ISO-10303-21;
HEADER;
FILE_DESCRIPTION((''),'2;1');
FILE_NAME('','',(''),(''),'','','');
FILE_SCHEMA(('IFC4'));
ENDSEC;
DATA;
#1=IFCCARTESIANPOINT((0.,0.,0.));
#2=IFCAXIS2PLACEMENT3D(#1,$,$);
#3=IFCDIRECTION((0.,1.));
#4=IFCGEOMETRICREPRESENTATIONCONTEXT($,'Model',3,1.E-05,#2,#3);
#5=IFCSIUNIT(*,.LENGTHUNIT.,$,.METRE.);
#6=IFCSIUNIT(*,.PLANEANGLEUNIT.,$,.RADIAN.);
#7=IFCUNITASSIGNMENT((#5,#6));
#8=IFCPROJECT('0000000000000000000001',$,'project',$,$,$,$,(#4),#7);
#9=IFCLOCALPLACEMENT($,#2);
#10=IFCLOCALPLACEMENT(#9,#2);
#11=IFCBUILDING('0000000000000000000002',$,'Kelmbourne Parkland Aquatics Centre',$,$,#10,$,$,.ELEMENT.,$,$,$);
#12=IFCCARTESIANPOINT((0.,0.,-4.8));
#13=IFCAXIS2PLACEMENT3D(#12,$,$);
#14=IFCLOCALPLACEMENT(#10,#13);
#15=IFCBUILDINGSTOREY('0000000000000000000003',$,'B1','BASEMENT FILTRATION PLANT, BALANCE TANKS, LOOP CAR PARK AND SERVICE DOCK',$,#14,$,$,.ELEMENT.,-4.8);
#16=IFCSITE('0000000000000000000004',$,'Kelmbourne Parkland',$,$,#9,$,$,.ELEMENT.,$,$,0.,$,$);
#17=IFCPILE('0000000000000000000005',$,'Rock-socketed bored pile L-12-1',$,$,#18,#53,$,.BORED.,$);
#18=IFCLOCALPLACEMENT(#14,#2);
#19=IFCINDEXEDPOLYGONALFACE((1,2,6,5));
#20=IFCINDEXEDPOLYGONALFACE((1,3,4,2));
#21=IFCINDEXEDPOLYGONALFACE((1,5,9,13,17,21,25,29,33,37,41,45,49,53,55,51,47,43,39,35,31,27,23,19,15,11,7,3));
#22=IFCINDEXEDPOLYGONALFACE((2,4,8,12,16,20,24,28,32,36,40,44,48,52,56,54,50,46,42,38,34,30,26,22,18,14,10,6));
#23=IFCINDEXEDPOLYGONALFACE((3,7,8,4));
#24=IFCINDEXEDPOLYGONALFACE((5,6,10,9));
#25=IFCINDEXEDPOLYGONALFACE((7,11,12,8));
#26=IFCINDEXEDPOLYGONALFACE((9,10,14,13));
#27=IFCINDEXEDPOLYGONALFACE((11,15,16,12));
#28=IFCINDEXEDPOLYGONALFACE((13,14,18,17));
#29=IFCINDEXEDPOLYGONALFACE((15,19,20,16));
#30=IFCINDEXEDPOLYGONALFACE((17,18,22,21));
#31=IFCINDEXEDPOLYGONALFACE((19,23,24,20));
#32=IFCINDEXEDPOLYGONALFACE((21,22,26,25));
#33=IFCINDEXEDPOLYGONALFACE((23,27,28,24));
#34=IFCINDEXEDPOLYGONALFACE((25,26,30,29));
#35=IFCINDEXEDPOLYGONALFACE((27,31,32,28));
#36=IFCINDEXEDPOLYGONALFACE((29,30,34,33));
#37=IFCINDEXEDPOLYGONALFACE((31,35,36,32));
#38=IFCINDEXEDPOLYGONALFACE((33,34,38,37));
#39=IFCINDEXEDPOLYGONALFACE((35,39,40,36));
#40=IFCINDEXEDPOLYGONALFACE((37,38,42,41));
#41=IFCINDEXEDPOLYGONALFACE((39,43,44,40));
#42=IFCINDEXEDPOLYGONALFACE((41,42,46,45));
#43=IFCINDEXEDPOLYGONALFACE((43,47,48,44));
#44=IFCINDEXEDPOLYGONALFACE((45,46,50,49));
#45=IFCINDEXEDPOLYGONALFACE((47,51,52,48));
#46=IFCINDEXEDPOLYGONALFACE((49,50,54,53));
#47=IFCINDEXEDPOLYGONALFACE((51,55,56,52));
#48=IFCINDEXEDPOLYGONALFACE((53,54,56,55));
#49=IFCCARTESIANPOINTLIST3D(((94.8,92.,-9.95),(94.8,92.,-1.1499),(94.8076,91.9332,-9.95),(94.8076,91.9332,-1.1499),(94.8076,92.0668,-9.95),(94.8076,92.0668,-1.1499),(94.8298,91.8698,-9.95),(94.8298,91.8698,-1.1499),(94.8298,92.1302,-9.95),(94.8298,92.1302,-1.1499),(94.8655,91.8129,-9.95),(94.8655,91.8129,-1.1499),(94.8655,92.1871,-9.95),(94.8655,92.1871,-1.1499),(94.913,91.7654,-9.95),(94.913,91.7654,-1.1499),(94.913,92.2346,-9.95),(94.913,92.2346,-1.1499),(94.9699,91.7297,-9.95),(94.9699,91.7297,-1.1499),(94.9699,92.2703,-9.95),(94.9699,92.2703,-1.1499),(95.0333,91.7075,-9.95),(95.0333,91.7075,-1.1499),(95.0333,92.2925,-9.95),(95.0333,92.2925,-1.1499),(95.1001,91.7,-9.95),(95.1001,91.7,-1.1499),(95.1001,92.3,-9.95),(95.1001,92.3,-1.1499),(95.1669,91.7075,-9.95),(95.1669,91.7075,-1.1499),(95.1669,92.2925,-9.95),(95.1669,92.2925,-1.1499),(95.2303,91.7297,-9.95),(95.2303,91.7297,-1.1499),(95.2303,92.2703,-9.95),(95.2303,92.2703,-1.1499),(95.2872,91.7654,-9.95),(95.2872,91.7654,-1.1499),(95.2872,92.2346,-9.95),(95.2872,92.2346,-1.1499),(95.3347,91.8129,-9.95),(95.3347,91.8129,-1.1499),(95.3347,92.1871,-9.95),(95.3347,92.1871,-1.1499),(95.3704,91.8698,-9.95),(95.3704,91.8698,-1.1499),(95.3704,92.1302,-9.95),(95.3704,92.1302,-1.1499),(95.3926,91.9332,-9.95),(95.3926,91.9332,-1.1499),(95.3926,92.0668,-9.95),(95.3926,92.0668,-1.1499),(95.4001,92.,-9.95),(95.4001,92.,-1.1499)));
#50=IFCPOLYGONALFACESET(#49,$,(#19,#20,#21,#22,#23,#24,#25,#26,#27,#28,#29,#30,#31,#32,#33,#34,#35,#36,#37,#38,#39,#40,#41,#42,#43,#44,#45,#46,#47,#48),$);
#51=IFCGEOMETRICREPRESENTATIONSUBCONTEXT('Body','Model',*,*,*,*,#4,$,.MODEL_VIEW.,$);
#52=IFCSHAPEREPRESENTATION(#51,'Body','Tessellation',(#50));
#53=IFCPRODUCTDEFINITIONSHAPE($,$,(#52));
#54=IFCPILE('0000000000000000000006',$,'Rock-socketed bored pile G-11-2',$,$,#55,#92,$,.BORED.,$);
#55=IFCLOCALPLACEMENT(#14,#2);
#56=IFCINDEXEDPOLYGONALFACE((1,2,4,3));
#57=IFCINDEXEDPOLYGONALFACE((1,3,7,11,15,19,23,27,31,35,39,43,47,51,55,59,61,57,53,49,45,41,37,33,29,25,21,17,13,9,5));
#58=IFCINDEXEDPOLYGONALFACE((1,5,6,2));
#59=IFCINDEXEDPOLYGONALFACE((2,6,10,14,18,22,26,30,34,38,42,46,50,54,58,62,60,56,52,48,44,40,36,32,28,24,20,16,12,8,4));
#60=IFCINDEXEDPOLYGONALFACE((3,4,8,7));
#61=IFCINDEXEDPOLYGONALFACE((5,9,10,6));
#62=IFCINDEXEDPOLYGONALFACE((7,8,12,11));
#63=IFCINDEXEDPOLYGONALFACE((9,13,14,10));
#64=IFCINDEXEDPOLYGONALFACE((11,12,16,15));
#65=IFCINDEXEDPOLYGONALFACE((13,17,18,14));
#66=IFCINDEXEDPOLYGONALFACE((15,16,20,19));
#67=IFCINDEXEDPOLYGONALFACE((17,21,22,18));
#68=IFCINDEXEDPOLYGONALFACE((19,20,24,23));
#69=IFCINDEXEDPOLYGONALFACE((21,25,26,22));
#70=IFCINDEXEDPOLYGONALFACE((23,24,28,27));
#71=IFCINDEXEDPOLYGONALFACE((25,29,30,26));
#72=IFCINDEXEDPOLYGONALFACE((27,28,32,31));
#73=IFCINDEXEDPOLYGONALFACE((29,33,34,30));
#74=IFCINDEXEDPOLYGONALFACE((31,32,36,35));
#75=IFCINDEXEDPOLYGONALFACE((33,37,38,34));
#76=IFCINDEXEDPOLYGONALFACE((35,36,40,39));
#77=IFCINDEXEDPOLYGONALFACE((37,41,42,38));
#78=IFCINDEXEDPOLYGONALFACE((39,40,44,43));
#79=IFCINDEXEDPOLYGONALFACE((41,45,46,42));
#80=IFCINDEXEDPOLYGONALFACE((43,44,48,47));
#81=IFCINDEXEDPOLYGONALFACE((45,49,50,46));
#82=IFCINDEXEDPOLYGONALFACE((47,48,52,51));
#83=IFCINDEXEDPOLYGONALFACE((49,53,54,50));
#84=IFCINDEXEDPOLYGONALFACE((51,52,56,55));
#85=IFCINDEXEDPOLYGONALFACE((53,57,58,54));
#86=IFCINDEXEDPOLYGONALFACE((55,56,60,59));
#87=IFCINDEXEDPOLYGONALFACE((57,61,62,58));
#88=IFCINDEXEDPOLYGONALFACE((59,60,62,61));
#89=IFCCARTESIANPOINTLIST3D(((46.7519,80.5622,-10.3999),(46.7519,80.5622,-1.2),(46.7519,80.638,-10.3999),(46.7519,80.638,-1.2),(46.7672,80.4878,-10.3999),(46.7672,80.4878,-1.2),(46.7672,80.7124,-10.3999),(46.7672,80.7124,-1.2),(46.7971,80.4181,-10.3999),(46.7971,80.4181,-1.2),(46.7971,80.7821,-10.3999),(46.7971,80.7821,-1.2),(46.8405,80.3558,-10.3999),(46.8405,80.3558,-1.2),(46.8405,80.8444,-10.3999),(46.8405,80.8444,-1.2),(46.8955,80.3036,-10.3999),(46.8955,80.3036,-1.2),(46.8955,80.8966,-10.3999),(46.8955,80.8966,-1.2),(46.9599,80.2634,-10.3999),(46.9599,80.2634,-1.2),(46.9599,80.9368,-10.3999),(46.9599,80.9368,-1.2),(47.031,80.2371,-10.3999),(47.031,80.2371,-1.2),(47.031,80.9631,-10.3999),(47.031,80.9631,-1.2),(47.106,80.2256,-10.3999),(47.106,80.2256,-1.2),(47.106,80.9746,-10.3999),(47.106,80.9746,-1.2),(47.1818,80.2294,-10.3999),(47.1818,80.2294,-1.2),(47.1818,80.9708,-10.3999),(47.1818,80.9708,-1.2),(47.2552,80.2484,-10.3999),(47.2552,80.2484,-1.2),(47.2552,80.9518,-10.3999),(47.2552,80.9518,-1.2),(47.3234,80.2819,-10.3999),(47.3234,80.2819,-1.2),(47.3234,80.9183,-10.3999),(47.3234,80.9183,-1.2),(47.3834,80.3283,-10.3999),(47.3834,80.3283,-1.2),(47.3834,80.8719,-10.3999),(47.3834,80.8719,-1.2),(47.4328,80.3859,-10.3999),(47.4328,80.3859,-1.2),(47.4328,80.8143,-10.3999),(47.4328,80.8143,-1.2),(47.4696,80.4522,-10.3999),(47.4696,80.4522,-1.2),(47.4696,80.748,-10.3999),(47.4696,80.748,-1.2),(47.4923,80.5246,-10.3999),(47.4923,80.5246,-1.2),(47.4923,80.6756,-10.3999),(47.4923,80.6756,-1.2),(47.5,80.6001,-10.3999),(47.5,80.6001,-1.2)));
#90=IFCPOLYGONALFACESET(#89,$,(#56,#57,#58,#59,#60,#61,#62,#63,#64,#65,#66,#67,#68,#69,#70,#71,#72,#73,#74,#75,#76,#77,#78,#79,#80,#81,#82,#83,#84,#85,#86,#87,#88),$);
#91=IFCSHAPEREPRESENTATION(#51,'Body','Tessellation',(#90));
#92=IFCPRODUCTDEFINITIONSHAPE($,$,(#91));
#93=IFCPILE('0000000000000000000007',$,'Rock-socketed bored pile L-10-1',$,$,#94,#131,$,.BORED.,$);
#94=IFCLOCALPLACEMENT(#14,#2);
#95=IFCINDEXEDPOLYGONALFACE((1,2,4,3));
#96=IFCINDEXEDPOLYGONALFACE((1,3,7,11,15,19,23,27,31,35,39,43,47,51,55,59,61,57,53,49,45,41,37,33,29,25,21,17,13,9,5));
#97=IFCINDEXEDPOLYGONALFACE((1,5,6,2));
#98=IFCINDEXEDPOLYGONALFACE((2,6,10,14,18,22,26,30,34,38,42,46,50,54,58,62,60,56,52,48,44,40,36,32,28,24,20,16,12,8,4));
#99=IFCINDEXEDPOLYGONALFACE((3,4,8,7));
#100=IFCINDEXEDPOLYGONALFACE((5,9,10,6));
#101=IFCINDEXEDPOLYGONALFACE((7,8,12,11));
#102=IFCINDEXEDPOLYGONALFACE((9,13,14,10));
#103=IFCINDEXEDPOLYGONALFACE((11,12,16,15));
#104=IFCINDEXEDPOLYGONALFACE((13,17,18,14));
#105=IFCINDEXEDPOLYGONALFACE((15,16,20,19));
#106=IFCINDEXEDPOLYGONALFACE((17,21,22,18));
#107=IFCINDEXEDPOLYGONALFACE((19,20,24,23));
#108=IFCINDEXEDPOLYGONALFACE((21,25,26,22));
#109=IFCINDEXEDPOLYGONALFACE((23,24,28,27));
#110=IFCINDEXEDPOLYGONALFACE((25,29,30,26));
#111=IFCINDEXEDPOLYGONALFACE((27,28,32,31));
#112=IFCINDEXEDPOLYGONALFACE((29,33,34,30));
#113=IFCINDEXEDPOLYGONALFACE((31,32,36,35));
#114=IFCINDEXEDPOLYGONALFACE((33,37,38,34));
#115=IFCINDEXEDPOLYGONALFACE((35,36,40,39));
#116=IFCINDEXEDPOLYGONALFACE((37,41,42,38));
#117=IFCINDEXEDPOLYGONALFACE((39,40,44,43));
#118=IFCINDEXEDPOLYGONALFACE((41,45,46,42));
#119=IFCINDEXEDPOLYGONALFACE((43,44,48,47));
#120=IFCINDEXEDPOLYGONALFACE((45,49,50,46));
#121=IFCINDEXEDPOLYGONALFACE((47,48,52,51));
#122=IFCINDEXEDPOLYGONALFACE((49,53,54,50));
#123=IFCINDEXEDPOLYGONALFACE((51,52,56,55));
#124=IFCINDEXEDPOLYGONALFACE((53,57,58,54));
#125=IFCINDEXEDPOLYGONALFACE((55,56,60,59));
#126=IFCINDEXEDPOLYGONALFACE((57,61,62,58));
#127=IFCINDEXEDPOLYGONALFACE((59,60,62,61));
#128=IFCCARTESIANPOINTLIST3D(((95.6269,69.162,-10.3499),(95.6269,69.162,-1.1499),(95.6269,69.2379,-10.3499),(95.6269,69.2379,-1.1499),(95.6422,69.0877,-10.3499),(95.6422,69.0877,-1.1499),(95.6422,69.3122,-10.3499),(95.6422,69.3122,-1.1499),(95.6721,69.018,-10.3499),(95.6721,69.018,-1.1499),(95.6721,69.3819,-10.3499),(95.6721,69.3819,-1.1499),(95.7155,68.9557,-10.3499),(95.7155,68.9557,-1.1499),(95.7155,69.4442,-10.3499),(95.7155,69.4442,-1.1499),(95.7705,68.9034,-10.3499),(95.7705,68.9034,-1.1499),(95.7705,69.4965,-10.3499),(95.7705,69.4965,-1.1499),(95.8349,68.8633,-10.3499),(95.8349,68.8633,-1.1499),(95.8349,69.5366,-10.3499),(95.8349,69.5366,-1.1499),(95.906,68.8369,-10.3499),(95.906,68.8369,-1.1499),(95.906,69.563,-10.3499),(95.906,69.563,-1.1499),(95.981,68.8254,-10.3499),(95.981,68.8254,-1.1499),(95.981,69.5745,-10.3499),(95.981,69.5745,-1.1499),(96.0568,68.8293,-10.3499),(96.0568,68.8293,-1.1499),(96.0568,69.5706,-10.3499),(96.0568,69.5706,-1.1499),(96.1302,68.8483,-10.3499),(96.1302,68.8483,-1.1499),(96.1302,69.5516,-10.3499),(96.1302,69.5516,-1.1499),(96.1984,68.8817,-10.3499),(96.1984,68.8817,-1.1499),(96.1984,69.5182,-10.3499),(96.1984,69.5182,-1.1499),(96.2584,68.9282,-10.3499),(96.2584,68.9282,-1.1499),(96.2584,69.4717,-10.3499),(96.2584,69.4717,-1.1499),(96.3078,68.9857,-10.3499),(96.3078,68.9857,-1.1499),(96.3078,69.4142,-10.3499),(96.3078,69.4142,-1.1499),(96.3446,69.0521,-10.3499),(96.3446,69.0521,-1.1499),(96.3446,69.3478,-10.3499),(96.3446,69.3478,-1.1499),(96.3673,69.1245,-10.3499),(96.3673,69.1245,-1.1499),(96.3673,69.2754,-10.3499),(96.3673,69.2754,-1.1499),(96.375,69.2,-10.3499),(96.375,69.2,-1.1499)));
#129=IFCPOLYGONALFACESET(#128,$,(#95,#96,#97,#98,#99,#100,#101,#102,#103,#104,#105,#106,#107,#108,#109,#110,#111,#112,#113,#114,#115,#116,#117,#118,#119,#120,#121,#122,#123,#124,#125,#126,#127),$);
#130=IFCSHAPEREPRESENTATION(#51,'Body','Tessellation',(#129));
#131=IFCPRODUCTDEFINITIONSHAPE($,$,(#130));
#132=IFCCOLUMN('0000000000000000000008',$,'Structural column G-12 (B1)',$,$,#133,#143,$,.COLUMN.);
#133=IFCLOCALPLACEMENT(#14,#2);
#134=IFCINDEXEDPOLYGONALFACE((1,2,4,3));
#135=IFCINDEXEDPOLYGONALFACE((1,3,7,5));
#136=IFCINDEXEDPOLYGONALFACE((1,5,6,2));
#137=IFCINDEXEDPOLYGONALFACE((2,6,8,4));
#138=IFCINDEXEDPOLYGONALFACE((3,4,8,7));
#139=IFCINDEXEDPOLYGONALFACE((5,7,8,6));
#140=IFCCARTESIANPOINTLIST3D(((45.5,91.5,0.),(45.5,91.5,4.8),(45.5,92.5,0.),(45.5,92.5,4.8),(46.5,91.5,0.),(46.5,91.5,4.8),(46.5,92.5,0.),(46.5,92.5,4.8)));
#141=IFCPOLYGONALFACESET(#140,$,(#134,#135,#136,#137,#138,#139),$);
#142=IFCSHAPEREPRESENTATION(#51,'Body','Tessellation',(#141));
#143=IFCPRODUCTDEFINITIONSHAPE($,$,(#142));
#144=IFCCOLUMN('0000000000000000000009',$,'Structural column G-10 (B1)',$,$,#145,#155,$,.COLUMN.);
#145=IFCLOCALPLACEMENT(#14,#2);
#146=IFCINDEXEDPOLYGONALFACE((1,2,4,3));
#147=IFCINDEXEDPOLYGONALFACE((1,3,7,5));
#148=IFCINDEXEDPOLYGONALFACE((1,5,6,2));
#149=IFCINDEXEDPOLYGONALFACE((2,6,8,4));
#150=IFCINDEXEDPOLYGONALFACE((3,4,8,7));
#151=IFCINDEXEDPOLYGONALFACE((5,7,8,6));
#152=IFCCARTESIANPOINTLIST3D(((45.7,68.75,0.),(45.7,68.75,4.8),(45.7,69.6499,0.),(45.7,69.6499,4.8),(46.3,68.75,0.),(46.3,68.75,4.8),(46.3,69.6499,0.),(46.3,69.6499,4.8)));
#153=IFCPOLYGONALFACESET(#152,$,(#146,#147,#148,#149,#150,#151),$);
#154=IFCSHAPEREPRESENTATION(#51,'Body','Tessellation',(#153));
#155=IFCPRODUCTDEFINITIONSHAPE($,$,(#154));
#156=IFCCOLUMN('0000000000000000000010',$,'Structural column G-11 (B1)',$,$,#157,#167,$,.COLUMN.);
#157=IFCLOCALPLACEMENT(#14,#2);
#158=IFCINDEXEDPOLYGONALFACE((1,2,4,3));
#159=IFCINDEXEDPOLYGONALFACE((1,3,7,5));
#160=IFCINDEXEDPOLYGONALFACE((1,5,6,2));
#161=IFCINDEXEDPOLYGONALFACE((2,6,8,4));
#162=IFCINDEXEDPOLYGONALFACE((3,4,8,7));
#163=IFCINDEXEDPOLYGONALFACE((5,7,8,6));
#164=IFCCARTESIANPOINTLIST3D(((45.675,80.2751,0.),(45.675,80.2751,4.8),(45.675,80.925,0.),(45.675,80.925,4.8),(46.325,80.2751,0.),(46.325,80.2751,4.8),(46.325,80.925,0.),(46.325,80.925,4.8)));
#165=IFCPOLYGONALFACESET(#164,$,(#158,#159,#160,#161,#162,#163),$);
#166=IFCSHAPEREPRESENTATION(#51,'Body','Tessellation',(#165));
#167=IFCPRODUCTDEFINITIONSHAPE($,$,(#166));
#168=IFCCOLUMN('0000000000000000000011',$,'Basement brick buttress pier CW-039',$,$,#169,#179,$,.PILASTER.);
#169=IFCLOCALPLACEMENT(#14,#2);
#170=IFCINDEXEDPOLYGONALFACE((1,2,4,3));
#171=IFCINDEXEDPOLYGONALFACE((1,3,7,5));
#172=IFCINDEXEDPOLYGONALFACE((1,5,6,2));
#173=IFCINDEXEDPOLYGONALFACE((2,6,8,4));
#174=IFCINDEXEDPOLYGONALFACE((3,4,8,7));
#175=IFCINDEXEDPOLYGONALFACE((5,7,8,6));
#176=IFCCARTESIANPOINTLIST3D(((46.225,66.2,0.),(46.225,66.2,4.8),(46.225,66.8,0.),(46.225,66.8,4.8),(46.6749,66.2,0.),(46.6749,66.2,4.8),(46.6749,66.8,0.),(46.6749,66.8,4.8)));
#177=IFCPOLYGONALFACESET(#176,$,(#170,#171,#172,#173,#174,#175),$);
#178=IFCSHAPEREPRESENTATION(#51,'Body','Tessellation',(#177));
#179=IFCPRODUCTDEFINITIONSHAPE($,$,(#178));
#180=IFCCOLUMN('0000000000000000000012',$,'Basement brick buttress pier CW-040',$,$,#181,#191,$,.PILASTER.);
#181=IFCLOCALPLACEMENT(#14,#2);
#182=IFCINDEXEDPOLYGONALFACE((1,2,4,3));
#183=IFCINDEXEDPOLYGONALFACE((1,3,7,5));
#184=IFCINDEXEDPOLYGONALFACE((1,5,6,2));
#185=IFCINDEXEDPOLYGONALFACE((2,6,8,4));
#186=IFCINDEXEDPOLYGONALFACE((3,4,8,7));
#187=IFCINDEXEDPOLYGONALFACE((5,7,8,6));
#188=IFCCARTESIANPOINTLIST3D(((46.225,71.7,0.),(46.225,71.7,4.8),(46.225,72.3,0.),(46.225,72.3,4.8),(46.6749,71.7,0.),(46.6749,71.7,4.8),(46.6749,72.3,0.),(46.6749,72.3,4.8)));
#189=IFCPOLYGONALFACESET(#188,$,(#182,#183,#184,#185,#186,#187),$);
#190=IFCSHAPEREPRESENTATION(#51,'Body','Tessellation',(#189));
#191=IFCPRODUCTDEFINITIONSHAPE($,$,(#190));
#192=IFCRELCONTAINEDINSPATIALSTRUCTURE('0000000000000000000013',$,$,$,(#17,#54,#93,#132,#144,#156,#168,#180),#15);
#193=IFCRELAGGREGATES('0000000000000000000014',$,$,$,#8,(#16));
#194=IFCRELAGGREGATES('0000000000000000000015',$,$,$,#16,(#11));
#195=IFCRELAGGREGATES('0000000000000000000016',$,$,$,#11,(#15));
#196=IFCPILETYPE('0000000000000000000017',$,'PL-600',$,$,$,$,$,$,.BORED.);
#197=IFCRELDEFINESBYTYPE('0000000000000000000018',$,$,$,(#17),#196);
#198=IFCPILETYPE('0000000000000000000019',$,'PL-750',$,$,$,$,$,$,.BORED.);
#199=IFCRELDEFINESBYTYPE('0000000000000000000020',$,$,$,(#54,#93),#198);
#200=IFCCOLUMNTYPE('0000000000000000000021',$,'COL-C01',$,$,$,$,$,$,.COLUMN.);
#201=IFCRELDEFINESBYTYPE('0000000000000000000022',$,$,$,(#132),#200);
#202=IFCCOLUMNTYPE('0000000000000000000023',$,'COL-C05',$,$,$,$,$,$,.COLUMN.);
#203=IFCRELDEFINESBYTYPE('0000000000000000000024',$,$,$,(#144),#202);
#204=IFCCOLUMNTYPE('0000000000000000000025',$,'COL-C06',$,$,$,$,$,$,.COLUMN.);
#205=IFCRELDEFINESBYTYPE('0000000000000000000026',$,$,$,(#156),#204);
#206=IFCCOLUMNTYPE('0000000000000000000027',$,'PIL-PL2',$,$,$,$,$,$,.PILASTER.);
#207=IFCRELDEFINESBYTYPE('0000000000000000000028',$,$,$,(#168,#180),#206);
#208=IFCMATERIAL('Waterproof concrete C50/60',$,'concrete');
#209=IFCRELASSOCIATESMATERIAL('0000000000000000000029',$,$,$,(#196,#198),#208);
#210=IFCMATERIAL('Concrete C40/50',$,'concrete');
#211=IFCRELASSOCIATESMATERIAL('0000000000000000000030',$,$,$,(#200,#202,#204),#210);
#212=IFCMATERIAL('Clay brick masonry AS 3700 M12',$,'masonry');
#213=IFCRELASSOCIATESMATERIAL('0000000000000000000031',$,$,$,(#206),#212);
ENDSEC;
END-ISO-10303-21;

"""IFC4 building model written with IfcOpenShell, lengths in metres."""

from ifc_helpers import new_model, si_unit, direction, frame, origin, origin_2d, place, context, subcontext, project, spatial, rectangle, circle, extrude, material, material_profile, profile_set, type_object, element, save


model = new_model("IFC4")

# Units and contexts
model_context = context("Model", 3, precision=1e-05, world=origin(), true_north=direction((0.0, 1.0)))
body_context = subcontext(model_context, "Body", "Model", "MODEL_VIEW")
ifc_project = project(units=[si_unit("LENGTHUNIT", "METRE"), si_unit("PLANEANGLEUNIT", "RADIAN")], contexts=[model_context])

# Site, building, storey
site_placement = place(None, origin())
site = spatial("IfcSite", under=ifc_project, at=site_placement, Name="Kelmbourne Parkland", CompositionType="ELEMENT", RefElevation=0.0)
building_placement = place(site_placement, origin())
building = spatial("IfcBuilding", under=site, at=building_placement, Name="Kelmbourne Parkland Aquatics Centre", CompositionType="ELEMENT")
storey_placement = place(building_placement, frame((0.0, 0.0, -4.8)))
storey = spatial("IfcBuildingStorey", under=building, at=storey_placement, Name="B1", Description="BASEMENT FILTRATION PLANT, BALANCE TANKS, LOOP CAR PARK AND SERVICE DOCK", CompositionType="ELEMENT", Elevation=-4.8)

# Shared definitions
ifc_material_1 = material(Name="Waterproof concrete C50/60", Category="concrete")

# Piles
ifc_material_profile_1 = material_profile(ifc_material_1, circle(Radius=0.3, at=origin_2d()), Name="PILE D600")
ifc_profile_set_1 = profile_set([ifc_material_profile_1], Name="Waterproof concrete C50/60")
pile_type_1 = type_object("IfcPileType", Name="PL-600", PredefinedType="BORED", material=ifc_profile_set_1)
for number, where, z_axis, x_axis, name in (
    (1, (95.1001, 92.0, -1.1499), (0.0, 0.0, -1.0), (1.0, 0.0, 0.0), "Rock-socketed bored pile L-12-1"),
):
    element("IfcPile", number, at=place(storey_placement, frame(where, z_axis=z_axis, x_axis=x_axis)), inside=storey, type_object=pile_type_1, Name=name, PredefinedType="BORED", context=body_context, shape_type="SweptSolid", body=[
        extrude(circle(Radius=0.3, at=origin_2d()), origin(), (0.0, 0.0, 1.0), 8.8),
    ])
ifc_material_profile_2 = material_profile(ifc_material_1, circle(Radius=0.375, at=origin_2d()), Name="PILE D750")
ifc_profile_set_2 = profile_set([ifc_material_profile_2], Name="Waterproof concrete C50/60")
pile_type_2 = type_object("IfcPileType", Name="PL-750", PredefinedType="BORED", material=ifc_profile_set_2)
for number, where, z_axis, x_axis, name in (
    (2, (47.125, 80.6001, -1.2), (0.0, 0.0, -1.0), (1.0, 0.0, 0.0), "Rock-socketed bored pile G-11-2"),
    (3, (96.0, 69.2, -1.1499), (0.0, 0.0, -1.0), (1.0, 0.0, 0.0), "Rock-socketed bored pile L-10-1"),
):
    element("IfcPile", number, at=place(storey_placement, frame(where, z_axis=z_axis, x_axis=x_axis)), inside=storey, type_object=pile_type_2, Name=name, PredefinedType="BORED", context=body_context, shape_type="SweptSolid", body=[
        extrude(circle(Radius=0.375, at=origin_2d()), origin(), (0.0, 0.0, 1.0), 9.2),
    ])

# Columns
ifc_material_2 = material(Name="Concrete C40/50", Category="concrete")
ifc_material_profile_3 = material_profile(ifc_material_2, rectangle(XDim=1.0, YDim=1.0, at=origin_2d()), Name="RC 1000x1000")
ifc_profile_set_3 = profile_set([ifc_material_profile_3], Name="Concrete C40/50")
column_type_1 = type_object("IfcColumnType", Name="COL-C01", PredefinedType="COLUMN", material=ifc_profile_set_3)
column_1_placement = place(storey_placement, frame((46.0, 92.0, 0.0), z_axis=(0.0, 0.0, 1.0), x_axis=(1.0, 0.0, 0.0)))
element("IfcColumn", 4, at=column_1_placement, inside=storey, type_object=column_type_1, Name="Structural column G-12 (B1)", PredefinedType="COLUMN", context=body_context, shape_type="SweptSolid", body=[
    extrude(rectangle(XDim=1.0, YDim=1.0, at=origin_2d()), origin(), (0.0, 0.0, 1.0), 4.8),
])
ifc_material_profile_4 = material_profile(ifc_material_2, rectangle(XDim=0.6001, YDim=0.8999, at=origin_2d()), Name="RC 600x900")
ifc_profile_set_4 = profile_set([ifc_material_profile_4], Name="Concrete C40/50")
column_type_2 = type_object("IfcColumnType", Name="COL-C05", PredefinedType="COLUMN", material=ifc_profile_set_4)
column_2_placement = place(storey_placement, frame((46.0, 69.2, 0.0), z_axis=(0.0, 0.0, 1.0), x_axis=(1.0, 0.0, 0.0)))
element("IfcColumn", 5, at=column_2_placement, inside=storey, type_object=column_type_2, Name="Structural column G-10 (B1)", PredefinedType="COLUMN", context=body_context, shape_type="SweptSolid", body=[
    extrude(rectangle(XDim=0.6001, YDim=0.8999, at=origin_2d()), origin(), (0.0, 0.0, 1.0), 4.8),
])
ifc_material_profile_5 = material_profile(ifc_material_2, rectangle(XDim=0.6499, YDim=0.6499, at=origin_2d()), Name="RC 650x650")
ifc_profile_set_5 = profile_set([ifc_material_profile_5], Name="Concrete C40/50")
column_type_3 = type_object("IfcColumnType", Name="COL-C06", PredefinedType="COLUMN", material=ifc_profile_set_5)
column_3_placement = place(storey_placement, frame((46.0, 80.6001, 0.0), z_axis=(0.0, 0.0, 1.0), x_axis=(1.0, 0.0, 0.0)))
element("IfcColumn", 6, at=column_3_placement, inside=storey, type_object=column_type_3, Name="Structural column G-11 (B1)", PredefinedType="COLUMN", context=body_context, shape_type="SweptSolid", body=[
    extrude(rectangle(XDim=0.6499, YDim=0.6499, at=origin_2d()), origin(), (0.0, 0.0, 1.0), 4.8),
])
ifc_material_3 = material(Name="Clay brick masonry AS 3700 M12", Category="masonry")
ifc_material_profile_6 = material_profile(ifc_material_3, rectangle(XDim=0.45, YDim=0.6001, at=origin_2d()), Name="PIL 450x600")
ifc_profile_set_6 = profile_set([ifc_material_profile_6], Name="Clay brick masonry AS 3700 M12")
column_type_4 = type_object("IfcColumnType", Name="PIL-PL2", PredefinedType="PILASTER", material=ifc_profile_set_6)
for number, where, z_axis, x_axis, name in (
    (7, (46.45, 66.5, 0.0), (0.0, 0.0, 1.0), (1.0, 0.0, 0.0), "Basement brick buttress pier CW-039"),
    (8, (46.45, 72.0, 0.0), (0.0, 0.0, 1.0), (1.0, 0.0, 0.0), "Basement brick buttress pier CW-040"),
):
    element("IfcColumn", number, at=place(storey_placement, frame(where, z_axis=z_axis, x_axis=x_axis)), inside=storey, type_object=column_type_4, Name=name, PredefinedType="PILASTER", context=body_context, shape_type="SweptSolid", body=[
        extrude(rectangle(XDim=0.45, YDim=0.6001, at=origin_2d()), origin(), (0.0, 0.0, 1.0), 4.8),
    ])

save(model, "model.ifc")
